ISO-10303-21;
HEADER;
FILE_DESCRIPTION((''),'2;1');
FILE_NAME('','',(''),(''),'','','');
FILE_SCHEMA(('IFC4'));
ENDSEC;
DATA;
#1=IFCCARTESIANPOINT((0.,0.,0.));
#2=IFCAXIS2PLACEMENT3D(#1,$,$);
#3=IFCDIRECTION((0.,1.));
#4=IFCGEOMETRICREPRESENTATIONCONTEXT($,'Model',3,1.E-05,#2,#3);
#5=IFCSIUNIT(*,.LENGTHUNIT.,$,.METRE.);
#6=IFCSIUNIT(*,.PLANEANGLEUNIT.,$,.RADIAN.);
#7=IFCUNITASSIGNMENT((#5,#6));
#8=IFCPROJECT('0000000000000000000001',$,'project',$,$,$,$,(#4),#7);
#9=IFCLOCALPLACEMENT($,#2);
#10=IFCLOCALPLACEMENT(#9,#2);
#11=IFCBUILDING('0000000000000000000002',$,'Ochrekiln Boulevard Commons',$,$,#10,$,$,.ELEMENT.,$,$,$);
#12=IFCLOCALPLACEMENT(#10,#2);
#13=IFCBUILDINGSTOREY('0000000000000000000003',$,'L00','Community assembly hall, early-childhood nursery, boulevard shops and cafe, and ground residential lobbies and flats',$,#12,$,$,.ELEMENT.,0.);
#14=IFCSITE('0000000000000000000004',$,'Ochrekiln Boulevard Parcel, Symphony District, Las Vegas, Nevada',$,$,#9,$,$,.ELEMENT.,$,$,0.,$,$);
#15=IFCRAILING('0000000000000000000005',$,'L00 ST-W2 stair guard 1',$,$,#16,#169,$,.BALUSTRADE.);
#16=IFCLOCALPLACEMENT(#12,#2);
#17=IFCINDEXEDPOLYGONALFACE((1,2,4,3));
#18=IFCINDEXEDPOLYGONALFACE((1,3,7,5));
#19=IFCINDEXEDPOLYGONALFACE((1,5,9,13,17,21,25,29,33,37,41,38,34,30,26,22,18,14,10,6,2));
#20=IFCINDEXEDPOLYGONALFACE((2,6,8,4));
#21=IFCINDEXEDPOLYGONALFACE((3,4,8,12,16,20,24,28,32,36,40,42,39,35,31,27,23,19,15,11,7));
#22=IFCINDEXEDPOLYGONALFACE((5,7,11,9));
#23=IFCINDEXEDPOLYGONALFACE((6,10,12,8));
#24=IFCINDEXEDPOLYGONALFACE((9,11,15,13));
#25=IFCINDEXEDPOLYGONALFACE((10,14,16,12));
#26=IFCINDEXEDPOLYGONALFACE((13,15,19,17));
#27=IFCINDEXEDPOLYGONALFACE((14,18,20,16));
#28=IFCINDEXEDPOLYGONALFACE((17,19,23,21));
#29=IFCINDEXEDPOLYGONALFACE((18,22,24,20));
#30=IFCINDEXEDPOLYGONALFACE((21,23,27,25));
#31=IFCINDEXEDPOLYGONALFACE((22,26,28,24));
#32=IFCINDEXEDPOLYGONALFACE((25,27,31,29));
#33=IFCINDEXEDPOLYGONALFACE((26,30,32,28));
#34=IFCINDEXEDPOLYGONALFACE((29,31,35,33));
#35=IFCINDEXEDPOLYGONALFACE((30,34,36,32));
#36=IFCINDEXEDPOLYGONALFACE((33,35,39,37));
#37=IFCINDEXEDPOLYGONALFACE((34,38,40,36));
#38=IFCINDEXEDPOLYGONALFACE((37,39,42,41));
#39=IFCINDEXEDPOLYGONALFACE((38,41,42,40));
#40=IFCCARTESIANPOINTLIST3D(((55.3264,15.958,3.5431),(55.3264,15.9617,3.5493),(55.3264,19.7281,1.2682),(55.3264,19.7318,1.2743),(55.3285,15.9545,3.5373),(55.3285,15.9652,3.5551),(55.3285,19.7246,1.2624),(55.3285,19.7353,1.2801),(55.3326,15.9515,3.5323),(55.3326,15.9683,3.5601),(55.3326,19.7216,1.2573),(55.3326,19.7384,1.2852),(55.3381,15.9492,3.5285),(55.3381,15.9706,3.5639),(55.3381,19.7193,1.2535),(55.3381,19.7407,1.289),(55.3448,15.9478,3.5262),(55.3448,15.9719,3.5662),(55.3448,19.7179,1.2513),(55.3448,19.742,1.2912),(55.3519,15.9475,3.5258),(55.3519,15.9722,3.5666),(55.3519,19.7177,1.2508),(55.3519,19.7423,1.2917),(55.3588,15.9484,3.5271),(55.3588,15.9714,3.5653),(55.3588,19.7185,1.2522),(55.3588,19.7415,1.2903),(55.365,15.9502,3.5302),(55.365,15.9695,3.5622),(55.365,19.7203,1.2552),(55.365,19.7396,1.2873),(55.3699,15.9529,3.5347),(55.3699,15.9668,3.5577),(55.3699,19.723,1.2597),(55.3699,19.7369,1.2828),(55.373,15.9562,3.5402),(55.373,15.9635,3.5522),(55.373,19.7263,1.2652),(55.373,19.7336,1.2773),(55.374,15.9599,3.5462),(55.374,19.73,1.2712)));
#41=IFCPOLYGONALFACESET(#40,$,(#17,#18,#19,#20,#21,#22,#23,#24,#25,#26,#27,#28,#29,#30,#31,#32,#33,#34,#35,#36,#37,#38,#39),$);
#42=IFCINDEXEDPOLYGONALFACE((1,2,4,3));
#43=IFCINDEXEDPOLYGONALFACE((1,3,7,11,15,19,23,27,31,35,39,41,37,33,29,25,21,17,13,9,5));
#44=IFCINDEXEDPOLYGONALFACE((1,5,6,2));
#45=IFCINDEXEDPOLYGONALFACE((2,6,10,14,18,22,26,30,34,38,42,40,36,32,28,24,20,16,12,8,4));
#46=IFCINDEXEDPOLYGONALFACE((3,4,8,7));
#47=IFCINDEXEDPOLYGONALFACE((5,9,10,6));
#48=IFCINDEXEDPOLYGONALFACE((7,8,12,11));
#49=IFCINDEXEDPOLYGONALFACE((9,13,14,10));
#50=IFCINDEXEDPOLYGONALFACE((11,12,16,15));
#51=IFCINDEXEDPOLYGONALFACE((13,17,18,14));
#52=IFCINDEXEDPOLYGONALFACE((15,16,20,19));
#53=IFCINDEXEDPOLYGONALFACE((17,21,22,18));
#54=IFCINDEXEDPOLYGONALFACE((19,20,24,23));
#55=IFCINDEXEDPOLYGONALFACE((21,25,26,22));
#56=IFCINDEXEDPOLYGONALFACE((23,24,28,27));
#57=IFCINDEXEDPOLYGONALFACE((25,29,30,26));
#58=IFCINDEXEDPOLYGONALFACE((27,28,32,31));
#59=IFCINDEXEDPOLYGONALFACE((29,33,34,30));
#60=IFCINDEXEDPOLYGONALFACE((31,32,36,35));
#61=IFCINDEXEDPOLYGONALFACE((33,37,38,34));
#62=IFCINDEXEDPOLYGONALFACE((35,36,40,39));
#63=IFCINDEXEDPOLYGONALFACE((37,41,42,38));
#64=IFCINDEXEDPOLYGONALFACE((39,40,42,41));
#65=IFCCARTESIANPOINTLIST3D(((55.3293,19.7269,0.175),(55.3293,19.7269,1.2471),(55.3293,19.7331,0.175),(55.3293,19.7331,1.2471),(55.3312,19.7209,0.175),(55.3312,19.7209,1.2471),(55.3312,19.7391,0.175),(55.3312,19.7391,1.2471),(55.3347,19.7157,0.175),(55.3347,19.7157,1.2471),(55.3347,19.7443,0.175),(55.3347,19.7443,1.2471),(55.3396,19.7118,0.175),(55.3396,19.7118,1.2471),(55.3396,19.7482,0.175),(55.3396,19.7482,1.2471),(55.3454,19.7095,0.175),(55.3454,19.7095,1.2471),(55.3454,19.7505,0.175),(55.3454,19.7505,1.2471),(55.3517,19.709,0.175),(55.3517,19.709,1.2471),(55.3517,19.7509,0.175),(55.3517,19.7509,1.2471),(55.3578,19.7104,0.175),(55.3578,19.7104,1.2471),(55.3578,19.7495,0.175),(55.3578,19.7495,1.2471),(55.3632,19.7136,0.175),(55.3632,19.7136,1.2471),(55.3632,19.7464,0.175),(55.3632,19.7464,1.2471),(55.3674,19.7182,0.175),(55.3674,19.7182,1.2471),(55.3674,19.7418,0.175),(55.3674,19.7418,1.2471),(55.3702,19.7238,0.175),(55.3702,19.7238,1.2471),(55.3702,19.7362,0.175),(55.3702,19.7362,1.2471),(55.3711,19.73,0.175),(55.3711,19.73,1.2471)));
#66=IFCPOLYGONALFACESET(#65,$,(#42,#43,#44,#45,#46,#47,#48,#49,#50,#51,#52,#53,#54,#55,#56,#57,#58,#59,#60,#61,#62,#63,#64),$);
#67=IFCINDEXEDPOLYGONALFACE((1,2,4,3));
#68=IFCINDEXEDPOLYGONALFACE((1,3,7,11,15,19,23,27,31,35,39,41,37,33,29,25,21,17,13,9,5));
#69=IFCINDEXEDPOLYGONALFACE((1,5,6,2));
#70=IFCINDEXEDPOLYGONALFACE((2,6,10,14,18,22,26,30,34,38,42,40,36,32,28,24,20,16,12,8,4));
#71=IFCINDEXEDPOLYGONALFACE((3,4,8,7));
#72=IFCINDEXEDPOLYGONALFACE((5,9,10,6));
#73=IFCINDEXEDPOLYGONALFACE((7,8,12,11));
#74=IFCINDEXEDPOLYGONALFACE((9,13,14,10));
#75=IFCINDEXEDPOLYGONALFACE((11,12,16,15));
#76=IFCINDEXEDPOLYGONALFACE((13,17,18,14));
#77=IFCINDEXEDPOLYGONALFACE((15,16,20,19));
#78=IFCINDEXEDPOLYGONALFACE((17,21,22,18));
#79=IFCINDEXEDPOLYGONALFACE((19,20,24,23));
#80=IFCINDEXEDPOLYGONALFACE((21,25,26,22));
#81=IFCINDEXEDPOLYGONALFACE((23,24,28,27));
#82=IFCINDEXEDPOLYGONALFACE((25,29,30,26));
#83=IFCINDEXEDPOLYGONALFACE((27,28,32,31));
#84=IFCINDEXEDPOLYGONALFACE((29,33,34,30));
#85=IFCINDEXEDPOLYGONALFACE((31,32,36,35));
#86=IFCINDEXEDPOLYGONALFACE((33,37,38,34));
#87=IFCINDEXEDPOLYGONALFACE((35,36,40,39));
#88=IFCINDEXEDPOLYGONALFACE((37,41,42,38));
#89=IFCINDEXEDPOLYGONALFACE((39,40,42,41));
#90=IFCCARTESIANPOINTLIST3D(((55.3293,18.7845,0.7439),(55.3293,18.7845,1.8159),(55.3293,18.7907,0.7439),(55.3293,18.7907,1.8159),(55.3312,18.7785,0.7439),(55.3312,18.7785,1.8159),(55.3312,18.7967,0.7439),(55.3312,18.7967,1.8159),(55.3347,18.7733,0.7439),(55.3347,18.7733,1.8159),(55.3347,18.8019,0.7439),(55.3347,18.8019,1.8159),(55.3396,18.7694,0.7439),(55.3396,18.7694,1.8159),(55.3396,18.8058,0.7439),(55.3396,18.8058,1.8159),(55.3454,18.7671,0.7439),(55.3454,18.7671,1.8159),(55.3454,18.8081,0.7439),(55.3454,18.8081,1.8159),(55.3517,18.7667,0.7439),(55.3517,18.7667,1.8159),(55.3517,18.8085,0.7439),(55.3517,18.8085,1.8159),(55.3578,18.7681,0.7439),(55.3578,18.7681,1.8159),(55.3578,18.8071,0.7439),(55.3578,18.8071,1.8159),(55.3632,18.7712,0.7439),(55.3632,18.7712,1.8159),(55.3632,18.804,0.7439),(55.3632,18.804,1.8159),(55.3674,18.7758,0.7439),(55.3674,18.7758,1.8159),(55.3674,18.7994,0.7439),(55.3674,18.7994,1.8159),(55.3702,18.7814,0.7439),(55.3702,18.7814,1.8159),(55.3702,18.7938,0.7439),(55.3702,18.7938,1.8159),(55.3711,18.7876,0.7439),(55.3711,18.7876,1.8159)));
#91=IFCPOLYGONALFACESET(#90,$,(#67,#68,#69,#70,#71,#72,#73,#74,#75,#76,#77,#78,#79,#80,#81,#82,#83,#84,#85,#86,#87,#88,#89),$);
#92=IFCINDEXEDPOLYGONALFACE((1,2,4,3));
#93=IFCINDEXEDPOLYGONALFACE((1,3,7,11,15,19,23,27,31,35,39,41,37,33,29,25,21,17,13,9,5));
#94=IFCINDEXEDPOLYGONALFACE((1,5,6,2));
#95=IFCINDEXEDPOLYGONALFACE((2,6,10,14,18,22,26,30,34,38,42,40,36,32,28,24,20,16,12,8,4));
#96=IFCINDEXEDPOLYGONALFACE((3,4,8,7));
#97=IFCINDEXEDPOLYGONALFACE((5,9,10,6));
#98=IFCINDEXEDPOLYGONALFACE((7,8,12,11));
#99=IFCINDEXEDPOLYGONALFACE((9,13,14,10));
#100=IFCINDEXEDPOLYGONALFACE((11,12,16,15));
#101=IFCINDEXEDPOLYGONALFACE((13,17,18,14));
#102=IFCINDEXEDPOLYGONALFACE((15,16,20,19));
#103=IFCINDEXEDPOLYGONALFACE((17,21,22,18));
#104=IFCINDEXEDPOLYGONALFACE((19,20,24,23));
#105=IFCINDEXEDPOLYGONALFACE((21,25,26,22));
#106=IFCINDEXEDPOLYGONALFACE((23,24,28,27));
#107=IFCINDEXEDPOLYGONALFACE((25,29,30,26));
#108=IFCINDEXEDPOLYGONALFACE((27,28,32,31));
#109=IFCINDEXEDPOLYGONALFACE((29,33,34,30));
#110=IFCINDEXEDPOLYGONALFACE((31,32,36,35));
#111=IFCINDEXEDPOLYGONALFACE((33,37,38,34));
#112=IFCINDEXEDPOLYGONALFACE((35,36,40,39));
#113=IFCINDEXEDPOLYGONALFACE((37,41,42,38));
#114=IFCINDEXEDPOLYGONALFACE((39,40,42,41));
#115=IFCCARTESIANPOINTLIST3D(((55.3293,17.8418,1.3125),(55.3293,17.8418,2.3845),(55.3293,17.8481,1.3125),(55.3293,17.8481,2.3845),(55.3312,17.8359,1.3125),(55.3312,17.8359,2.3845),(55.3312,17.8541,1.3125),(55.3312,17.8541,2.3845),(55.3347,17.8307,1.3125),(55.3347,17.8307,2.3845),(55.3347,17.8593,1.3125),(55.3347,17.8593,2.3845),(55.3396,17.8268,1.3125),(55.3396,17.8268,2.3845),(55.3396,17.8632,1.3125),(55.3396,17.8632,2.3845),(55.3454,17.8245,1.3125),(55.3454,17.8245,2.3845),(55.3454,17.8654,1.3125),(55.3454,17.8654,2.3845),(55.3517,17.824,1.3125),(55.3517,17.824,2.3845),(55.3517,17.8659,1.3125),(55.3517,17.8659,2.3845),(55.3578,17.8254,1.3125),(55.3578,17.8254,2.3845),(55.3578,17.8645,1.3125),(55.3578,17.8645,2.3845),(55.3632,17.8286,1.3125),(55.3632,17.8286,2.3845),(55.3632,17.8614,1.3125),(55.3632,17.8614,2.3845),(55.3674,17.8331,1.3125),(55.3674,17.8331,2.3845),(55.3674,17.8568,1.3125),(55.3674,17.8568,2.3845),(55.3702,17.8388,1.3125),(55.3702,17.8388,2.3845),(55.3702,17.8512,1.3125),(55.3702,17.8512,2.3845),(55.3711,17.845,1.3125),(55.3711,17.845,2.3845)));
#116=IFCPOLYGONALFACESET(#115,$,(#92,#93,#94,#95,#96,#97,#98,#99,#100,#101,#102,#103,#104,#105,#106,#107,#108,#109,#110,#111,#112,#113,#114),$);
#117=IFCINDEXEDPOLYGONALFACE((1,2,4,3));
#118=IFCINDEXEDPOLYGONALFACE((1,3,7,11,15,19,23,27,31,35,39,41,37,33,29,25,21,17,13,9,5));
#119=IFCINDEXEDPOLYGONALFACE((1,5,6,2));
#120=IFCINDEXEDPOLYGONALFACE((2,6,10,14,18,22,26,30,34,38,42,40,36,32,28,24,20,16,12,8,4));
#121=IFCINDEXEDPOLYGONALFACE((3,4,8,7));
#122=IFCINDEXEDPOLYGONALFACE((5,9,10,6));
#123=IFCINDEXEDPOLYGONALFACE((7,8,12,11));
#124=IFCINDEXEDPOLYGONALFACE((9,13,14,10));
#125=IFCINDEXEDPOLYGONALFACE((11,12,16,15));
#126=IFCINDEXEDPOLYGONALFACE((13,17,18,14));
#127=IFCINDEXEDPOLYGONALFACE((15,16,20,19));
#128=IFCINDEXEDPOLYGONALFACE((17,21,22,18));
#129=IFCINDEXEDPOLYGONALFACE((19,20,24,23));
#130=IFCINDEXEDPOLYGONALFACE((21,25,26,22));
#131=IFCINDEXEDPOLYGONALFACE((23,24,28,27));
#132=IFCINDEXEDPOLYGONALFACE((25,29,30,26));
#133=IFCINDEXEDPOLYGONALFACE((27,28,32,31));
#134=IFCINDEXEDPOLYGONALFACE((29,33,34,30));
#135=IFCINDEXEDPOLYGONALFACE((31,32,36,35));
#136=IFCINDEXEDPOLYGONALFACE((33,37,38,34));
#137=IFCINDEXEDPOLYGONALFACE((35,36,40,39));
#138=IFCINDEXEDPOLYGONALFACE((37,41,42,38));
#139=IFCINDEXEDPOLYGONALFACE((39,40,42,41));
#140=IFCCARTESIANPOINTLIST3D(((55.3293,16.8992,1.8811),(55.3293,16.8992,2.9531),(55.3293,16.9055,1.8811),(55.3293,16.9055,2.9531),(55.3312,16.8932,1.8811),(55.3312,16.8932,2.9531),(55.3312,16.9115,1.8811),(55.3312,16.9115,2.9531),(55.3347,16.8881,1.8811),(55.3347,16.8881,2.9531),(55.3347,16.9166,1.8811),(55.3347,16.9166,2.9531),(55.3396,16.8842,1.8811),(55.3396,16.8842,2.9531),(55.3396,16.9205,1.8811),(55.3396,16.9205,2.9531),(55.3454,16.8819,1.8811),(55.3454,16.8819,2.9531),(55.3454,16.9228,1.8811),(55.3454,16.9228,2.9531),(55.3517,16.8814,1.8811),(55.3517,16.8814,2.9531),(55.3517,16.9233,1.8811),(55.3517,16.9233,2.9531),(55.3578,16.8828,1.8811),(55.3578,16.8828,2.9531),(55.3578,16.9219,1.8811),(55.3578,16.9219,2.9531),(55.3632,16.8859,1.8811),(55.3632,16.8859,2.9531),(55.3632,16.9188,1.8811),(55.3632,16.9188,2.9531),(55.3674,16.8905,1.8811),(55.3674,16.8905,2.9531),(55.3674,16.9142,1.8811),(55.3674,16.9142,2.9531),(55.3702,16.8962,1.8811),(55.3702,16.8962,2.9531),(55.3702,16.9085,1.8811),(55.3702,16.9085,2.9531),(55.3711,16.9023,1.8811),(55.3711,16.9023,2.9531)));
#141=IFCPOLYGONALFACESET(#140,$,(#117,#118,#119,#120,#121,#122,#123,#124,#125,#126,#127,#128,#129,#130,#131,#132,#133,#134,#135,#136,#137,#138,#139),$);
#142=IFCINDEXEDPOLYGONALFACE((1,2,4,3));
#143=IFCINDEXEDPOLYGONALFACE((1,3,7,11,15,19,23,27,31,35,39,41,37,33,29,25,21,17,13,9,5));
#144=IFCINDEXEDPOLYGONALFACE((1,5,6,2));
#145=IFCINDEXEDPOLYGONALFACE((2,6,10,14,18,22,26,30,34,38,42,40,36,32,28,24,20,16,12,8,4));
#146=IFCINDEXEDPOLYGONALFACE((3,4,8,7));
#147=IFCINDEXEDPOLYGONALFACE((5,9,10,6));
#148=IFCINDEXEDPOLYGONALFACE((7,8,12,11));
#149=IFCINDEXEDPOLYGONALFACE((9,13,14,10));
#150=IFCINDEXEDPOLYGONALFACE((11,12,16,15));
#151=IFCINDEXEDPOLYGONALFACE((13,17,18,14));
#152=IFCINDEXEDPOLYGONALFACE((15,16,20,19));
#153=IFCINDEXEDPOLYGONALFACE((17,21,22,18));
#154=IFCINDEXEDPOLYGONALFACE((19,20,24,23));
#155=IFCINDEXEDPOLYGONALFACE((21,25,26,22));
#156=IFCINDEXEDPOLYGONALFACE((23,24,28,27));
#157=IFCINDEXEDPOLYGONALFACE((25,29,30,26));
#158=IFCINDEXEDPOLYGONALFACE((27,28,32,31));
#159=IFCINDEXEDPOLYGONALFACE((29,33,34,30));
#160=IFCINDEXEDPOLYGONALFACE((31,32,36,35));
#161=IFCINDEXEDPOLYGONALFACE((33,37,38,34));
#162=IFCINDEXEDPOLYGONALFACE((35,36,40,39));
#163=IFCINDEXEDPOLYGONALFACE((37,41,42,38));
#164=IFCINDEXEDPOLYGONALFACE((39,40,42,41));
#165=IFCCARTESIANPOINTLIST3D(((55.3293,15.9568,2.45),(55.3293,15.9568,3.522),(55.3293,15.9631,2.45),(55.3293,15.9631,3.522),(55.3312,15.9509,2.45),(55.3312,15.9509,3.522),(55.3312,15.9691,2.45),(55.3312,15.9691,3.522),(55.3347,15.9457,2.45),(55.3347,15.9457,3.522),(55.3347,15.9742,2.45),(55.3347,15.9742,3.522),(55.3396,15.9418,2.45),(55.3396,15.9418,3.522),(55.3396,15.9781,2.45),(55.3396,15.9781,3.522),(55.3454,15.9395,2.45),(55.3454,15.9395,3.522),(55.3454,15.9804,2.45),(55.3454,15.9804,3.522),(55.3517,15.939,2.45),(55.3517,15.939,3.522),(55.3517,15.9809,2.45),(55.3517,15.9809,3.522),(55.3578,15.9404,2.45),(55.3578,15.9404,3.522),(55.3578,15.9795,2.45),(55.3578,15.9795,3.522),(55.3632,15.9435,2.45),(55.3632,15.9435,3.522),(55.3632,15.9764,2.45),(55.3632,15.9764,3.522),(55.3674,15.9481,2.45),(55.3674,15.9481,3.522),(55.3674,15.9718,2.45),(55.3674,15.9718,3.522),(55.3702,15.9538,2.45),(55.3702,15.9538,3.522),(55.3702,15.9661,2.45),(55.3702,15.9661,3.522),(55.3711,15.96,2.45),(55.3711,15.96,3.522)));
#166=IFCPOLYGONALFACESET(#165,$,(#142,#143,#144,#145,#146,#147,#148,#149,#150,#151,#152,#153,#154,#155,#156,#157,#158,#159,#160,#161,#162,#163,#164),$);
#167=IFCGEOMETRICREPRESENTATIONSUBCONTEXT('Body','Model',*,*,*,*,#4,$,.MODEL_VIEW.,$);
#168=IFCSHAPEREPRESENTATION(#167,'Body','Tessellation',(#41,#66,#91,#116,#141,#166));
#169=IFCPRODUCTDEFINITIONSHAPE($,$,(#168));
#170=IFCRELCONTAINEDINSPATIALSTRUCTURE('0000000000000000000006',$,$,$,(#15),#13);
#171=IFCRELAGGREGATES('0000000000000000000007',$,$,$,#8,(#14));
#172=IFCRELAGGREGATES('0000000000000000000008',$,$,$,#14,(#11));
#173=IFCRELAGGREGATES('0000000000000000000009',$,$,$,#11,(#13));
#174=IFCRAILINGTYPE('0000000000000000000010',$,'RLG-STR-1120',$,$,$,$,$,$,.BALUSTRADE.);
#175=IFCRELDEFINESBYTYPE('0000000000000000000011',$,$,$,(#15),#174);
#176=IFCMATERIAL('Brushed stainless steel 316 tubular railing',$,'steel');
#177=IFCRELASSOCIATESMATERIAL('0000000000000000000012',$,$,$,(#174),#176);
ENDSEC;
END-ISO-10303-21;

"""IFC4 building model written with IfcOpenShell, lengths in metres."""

from ifc_helpers import new_model, si_unit, direction, frame, origin, origin_2d, place, context, subcontext, project, spatial, circle, extrude, material, type_object, element, save


model = new_model("IFC4")

# Units and contexts
model_context = context("Model", 3, precision=1e-05, world=origin(), true_north=direction((0.0, 1.0)))
body_context = subcontext(model_context, "Body", "Model", "MODEL_VIEW")
ifc_project = project(units=[si_unit("LENGTHUNIT", "METRE"), si_unit("PLANEANGLEUNIT", "RADIAN")], contexts=[model_context])

# Site, building, storey
site_placement = place(None, origin())
site = spatial("IfcSite", under=ifc_project, at=site_placement, Name="Ochrekiln Boulevard Parcel, Symphony District, Las Vegas, Nevada", CompositionType="ELEMENT", RefElevation=0.0)
building_placement = place(site_placement, origin())
building = spatial("IfcBuilding", under=site, at=building_placement, Name="Ochrekiln Boulevard Commons", CompositionType="ELEMENT")
storey_placement = place(building_placement, origin())
storey = spatial("IfcBuildingStorey", under=building, at=storey_placement, Name="L00", Description="Community assembly hall, early-childhood nursery, boulevard shops and cafe, and ground residential lobbies and flats", CompositionType="ELEMENT", Elevation=0.0)

# Railing
ifc_material_1 = material(Name="Brushed stainless steel 316 tubular railing", Category="steel")
railing_type_1 = type_object("IfcRailingType", Name="RLG-STR-1120", PredefinedType="BALUSTRADE", material=ifc_material_1)
railing_1_placement = place(storey_placement, frame((55.3501, 19.73, 0.175)))
element("IfcRailing", 1, at=railing_1_placement, inside=storey, type_object=railing_type_1, Name="L00 ST-W2 stair guard 1", PredefinedType="BALUSTRADE", context=body_context, shape_type="SweptSolid", body=[
    extrude(circle(Radius=0.0239, at=origin_2d()), frame((0.0, 0.0, 1.0962), z_axis=(0.0, -0.856199, 0.516647), x_axis=(1.0, 0.0, 0.0)), (0.0, 0.0, 1.0), 4.4033),
    extrude(circle(Radius=0.021, at=origin_2d()), origin(), (0.0, 0.0, 1.0), 1.072),
    extrude(circle(Radius=0.021, at=origin_2d()), frame((0.0, -0.9424, 0.5688)), (0.0, 0.0, 1.0), 1.072),
    extrude(circle(Radius=0.021, at=origin_2d()), frame((0.0, -1.885, 1.1375)), (0.0, 0.0, 1.0), 1.072),
    extrude(circle(Radius=0.021, at=origin_2d()), frame((0.0, -2.8276, 1.7061)), (0.0, 0.0, 1.0), 1.072),
    extrude(circle(Radius=0.021, at=origin_2d()), frame((0.0, -3.77, 2.2749)), (0.0, 0.0, 1.0), 1.072),
])

save(model, "model.ifc")
